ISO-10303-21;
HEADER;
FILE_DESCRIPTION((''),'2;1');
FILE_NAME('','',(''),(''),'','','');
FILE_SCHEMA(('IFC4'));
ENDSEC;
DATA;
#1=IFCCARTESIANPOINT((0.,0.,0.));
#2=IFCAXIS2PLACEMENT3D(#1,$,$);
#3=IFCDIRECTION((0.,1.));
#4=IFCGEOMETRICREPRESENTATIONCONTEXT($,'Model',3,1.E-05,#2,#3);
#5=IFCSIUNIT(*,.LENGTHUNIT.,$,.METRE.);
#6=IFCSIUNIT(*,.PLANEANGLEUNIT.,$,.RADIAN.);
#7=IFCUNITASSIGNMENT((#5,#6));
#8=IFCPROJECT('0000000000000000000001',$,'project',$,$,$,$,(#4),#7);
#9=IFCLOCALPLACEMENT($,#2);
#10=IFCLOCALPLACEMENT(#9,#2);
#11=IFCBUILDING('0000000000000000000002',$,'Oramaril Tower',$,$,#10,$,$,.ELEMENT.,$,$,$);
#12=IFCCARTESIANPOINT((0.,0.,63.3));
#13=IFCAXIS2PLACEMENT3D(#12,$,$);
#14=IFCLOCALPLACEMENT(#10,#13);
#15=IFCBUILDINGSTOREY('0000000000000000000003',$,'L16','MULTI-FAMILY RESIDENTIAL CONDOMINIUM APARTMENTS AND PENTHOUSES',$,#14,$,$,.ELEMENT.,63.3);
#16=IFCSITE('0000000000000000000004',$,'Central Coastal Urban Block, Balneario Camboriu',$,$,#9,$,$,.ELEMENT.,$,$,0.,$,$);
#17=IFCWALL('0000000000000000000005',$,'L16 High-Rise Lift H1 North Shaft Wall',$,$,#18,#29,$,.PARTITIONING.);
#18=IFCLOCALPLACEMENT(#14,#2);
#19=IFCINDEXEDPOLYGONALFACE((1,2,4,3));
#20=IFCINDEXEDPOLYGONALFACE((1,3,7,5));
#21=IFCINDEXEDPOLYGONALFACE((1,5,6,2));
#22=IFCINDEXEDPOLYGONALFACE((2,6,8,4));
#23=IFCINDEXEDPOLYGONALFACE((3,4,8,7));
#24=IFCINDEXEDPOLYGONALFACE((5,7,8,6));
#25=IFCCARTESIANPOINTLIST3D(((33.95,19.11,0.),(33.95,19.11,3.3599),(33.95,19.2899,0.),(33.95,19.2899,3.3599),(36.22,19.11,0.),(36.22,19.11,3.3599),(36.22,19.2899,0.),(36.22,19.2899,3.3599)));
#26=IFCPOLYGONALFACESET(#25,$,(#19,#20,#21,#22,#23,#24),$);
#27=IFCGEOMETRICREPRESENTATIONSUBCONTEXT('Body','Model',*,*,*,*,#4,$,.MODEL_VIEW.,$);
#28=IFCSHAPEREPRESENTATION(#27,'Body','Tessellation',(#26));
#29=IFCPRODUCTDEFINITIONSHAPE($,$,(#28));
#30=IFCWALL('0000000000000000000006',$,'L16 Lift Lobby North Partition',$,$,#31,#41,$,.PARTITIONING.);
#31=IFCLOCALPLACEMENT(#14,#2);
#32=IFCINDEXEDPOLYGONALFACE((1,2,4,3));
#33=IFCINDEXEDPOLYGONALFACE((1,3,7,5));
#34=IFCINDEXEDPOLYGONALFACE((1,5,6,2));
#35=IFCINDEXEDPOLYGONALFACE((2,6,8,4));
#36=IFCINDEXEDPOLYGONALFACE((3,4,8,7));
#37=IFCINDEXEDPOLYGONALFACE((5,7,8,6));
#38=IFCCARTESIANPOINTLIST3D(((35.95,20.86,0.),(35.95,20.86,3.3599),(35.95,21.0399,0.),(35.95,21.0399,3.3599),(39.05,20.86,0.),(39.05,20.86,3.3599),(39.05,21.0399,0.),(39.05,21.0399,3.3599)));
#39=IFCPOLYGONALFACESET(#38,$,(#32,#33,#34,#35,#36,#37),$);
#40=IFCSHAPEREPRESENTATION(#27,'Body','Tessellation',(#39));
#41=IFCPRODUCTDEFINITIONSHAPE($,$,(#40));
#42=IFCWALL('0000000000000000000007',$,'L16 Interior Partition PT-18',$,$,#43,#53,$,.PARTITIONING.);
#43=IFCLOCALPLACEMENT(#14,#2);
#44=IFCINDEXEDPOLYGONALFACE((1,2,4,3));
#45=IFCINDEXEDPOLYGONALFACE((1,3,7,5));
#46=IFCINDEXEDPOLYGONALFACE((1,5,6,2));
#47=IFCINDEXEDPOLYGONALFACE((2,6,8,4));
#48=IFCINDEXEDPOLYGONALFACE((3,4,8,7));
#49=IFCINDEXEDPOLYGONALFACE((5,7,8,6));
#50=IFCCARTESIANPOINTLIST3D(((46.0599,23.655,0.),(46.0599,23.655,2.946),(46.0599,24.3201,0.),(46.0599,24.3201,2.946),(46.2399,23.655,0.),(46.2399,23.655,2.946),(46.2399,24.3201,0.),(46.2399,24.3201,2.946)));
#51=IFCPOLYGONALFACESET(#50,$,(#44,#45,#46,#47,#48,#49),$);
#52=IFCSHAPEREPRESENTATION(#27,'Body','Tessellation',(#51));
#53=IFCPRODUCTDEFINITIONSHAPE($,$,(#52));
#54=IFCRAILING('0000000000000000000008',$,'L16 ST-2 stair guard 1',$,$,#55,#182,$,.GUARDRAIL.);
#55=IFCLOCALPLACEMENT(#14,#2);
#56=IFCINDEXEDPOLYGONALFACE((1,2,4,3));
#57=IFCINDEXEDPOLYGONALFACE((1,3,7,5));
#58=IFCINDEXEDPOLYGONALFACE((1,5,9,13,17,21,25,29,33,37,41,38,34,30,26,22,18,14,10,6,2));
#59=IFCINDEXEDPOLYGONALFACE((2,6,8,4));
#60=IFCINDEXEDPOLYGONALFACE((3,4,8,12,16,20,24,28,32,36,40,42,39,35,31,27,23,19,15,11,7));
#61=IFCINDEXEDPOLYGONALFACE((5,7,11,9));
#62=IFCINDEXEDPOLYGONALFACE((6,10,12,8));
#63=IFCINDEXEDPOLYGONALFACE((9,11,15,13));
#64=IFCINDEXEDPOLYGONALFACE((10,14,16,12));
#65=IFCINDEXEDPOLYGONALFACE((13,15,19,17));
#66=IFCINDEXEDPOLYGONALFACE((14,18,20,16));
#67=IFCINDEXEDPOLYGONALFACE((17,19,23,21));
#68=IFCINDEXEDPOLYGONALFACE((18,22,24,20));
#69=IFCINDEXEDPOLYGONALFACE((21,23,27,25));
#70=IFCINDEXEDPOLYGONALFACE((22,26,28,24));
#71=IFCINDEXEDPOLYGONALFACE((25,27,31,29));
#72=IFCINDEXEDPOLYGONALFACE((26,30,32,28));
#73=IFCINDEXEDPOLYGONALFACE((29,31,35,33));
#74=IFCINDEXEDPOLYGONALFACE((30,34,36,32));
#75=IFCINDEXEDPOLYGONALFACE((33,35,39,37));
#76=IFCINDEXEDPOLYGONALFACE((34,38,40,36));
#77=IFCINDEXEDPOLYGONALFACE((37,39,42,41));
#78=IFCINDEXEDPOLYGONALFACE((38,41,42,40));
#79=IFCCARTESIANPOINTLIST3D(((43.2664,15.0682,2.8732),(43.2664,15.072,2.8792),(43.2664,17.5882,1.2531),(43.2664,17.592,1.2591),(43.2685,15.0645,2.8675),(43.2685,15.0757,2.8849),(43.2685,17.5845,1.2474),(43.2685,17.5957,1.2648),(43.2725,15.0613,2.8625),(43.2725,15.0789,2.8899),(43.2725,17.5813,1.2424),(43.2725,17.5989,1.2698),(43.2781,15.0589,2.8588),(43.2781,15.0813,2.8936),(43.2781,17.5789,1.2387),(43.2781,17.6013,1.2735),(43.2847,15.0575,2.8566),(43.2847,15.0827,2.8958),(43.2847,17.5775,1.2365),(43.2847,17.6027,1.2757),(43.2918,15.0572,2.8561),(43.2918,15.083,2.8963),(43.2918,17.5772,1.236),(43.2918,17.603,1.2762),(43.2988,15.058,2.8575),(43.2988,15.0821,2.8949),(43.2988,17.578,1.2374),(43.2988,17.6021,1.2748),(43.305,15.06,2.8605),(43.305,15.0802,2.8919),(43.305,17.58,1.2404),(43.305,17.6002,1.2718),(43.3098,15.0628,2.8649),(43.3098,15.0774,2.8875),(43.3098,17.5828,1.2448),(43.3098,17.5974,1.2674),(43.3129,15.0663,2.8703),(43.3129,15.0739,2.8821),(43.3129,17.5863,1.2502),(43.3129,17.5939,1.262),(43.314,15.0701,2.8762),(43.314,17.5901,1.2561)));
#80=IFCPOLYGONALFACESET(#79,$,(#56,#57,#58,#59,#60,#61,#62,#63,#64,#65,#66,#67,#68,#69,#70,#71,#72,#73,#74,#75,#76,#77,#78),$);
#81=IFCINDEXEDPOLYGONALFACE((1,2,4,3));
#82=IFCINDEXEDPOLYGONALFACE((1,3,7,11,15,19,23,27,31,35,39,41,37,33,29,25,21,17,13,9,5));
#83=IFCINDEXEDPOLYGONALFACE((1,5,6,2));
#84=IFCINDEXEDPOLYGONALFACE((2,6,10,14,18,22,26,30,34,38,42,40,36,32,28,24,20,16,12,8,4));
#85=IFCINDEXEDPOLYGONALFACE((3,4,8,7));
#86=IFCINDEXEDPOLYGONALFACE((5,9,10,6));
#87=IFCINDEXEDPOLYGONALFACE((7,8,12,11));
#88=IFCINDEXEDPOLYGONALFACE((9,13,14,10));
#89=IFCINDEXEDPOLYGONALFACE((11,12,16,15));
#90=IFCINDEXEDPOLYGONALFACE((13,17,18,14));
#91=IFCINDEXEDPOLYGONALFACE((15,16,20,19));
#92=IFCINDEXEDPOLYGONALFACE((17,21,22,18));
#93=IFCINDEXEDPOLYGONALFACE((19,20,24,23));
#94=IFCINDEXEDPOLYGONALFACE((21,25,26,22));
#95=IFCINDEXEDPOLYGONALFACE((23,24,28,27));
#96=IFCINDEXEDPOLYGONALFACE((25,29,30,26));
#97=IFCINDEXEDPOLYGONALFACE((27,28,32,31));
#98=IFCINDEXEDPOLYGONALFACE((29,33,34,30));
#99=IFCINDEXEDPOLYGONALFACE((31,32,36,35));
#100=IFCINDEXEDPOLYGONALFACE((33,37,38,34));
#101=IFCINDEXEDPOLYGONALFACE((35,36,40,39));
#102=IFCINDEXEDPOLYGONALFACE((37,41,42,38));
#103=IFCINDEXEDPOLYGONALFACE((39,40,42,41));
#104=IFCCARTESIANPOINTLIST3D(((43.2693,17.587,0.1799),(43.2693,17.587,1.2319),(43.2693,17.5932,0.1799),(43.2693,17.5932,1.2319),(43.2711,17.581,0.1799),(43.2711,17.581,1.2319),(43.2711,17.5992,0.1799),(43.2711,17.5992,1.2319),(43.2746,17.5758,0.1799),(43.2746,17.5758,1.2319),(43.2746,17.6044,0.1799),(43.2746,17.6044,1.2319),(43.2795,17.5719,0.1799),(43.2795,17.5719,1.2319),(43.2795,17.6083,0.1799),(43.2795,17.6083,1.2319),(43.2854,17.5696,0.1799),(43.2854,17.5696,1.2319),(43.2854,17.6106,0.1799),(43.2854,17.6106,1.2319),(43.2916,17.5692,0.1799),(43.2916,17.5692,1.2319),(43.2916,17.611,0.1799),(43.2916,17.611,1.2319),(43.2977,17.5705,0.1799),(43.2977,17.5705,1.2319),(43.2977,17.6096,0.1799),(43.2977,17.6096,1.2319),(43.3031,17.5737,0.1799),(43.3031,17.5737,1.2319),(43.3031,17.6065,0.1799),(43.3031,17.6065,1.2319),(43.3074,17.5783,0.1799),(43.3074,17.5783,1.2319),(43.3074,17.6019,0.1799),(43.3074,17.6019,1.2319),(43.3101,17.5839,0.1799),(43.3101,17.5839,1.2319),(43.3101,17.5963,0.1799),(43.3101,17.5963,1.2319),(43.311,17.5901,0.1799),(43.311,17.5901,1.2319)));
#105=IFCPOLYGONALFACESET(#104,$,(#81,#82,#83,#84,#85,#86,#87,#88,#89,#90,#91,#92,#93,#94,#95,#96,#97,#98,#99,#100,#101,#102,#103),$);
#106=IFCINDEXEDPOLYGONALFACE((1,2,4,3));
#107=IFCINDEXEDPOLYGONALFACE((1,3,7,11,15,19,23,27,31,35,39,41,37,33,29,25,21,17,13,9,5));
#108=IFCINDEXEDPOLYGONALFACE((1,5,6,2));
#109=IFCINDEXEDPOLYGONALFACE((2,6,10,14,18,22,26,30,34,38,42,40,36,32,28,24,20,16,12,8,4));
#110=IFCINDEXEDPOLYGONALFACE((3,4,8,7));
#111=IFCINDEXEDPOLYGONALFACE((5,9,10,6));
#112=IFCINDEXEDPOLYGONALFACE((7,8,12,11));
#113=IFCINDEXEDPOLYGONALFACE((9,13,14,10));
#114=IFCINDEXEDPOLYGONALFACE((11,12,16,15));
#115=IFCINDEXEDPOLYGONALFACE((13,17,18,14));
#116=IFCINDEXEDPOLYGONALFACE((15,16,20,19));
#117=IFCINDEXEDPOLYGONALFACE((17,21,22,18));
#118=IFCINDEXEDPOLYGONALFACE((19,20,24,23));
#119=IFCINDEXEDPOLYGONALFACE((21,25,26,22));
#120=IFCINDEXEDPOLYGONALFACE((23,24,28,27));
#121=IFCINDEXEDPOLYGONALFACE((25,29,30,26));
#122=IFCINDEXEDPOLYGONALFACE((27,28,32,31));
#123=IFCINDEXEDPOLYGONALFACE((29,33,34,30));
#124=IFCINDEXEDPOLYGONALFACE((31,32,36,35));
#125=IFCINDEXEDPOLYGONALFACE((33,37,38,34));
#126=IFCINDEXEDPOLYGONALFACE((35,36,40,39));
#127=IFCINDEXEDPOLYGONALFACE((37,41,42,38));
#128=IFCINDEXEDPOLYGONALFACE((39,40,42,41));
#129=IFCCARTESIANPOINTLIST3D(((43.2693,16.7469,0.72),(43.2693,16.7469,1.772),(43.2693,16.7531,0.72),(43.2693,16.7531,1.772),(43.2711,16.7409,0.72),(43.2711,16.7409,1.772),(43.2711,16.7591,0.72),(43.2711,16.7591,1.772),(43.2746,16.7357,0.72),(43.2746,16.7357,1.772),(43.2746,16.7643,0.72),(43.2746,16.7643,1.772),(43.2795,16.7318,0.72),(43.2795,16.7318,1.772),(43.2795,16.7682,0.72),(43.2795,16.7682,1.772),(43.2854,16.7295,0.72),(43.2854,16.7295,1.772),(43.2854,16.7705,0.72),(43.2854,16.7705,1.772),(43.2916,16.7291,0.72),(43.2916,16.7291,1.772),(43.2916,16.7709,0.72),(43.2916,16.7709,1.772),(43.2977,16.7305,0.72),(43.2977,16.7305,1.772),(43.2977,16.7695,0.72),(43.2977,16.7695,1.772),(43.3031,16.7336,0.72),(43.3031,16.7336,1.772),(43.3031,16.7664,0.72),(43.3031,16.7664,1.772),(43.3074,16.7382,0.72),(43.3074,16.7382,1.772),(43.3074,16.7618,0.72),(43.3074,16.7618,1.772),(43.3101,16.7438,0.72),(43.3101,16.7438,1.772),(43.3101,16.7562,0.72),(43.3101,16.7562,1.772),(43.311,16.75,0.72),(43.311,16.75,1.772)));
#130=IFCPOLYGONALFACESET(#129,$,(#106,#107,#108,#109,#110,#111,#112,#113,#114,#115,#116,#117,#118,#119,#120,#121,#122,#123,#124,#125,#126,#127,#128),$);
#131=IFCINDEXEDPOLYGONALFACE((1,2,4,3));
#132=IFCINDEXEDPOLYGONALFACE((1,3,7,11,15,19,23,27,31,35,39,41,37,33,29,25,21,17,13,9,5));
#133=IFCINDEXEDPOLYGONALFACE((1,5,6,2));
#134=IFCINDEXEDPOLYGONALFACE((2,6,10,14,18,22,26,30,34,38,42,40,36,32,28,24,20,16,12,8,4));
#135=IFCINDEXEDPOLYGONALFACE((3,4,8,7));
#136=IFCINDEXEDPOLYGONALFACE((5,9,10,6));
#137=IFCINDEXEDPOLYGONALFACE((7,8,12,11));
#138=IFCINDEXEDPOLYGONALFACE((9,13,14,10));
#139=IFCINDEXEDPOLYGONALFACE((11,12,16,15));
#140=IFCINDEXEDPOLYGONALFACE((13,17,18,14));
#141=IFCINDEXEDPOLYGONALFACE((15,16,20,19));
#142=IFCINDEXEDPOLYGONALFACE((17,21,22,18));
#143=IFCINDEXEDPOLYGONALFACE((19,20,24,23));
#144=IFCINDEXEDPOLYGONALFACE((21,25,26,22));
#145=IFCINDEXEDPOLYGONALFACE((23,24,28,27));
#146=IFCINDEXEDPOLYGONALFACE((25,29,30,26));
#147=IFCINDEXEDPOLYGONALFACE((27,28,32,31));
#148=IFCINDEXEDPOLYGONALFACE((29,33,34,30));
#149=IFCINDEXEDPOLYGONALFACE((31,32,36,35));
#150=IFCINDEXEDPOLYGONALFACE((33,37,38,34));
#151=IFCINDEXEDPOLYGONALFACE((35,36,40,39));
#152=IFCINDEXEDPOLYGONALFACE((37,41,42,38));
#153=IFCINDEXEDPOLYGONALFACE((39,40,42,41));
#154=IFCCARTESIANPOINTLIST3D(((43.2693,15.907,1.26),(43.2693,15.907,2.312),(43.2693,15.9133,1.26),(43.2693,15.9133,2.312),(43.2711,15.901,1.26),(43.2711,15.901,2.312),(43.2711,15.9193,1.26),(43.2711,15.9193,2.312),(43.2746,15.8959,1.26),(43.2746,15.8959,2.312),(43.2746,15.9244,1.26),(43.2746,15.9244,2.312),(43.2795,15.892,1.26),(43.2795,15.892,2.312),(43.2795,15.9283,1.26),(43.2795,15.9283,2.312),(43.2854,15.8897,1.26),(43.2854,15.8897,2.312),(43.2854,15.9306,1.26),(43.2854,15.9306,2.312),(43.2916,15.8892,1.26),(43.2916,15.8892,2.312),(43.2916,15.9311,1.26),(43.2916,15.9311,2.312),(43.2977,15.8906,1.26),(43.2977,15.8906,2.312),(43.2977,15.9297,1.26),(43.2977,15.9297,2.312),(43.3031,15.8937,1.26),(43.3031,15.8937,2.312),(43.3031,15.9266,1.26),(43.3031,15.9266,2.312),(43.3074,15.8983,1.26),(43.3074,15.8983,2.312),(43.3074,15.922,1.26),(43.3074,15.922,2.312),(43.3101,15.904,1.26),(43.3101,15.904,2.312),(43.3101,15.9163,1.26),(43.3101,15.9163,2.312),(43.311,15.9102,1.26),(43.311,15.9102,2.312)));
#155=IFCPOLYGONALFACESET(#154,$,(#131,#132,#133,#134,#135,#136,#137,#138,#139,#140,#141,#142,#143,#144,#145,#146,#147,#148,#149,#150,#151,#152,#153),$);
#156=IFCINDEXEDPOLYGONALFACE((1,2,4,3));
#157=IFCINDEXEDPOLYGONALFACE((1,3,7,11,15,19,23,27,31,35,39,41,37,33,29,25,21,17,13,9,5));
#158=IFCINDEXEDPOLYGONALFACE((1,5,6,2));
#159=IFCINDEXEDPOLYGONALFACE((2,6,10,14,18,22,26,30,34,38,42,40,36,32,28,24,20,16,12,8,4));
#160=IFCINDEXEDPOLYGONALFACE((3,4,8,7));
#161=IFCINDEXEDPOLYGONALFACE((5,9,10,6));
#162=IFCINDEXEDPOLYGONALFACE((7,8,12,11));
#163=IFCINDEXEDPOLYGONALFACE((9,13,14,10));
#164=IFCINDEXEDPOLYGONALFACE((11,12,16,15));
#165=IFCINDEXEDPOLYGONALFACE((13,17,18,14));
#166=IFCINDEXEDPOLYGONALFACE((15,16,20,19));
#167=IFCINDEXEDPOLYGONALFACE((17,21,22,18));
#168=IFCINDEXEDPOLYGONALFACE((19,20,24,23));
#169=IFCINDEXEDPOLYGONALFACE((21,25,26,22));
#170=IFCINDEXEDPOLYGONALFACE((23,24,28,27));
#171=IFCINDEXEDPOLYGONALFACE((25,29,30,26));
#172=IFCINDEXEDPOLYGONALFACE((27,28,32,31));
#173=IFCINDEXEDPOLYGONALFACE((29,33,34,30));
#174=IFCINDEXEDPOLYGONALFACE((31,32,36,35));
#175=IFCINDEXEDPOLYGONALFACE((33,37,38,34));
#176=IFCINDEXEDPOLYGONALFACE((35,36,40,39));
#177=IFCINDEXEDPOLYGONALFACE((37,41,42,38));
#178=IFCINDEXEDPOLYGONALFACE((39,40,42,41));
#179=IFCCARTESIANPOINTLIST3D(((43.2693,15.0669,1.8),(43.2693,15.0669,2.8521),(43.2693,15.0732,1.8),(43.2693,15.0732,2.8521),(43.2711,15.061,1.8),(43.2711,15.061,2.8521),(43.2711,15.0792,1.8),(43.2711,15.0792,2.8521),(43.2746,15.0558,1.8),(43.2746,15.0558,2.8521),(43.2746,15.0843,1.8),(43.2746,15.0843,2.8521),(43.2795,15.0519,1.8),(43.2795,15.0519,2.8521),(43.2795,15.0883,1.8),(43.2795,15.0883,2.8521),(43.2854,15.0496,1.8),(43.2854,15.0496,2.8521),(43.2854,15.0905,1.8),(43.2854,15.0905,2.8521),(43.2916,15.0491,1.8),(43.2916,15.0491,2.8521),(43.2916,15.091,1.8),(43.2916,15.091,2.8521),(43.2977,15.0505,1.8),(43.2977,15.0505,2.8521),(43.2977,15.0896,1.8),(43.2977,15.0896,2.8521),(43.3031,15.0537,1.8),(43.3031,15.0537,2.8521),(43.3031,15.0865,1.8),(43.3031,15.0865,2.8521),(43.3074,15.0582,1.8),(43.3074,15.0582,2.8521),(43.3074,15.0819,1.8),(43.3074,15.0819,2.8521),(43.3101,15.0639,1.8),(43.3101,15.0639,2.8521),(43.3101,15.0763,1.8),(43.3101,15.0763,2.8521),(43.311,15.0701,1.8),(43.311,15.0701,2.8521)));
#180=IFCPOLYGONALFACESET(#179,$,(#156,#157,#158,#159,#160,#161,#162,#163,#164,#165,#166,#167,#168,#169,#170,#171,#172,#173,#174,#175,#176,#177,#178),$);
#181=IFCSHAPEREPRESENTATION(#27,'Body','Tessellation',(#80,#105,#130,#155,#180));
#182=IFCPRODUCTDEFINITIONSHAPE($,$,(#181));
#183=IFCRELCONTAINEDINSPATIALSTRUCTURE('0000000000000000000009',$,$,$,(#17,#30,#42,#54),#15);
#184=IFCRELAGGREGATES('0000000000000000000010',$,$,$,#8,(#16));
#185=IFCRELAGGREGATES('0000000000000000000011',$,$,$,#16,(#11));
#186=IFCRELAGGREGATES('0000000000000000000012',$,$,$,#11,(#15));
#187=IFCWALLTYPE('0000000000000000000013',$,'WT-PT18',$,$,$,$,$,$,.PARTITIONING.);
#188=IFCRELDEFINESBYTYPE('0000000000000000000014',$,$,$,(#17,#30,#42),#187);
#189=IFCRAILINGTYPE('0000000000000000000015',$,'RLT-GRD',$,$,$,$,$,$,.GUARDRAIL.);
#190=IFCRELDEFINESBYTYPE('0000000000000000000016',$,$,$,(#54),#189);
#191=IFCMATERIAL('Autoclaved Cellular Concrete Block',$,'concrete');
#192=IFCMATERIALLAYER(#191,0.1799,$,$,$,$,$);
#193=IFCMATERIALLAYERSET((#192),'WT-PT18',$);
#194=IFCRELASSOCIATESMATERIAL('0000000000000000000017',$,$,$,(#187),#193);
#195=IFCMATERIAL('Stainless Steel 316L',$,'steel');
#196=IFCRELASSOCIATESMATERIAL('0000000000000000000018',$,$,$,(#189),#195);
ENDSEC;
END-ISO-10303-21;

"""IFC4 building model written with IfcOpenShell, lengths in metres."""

from ifc_helpers import new_model, si_unit, direction, frame, frame_2d, origin, origin_2d, place, context, subcontext, project, spatial, rectangle, circle, extrude, material, layer, layer_set, type_object, element, save


model = new_model("IFC4")

# Units and contexts
model_context = context("Model", 3, precision=1e-05, world=origin(), true_north=direction((0.0, 1.0)))
body_context = subcontext(model_context, "Body", "Model", "MODEL_VIEW")
ifc_project = project(units=[si_unit("LENGTHUNIT", "METRE"), si_unit("PLANEANGLEUNIT", "RADIAN")], contexts=[model_context])

# Site, building, storey
site_placement = place(None, origin())
site = spatial("IfcSite", under=ifc_project, at=site_placement, Name="Central Coastal Urban Block, Balneario Camboriu", CompositionType="ELEMENT", RefElevation=0.0)
building_placement = place(site_placement, origin())
building = spatial("IfcBuilding", under=site, at=building_placement, Name="Oramaril Tower", CompositionType="ELEMENT")
storey_placement = place(building_placement, frame((0.0, 0.0, 63.3)))
storey = spatial("IfcBuildingStorey", under=building, at=storey_placement, Name="L16", Description="MULTI-FAMILY RESIDENTIAL CONDOMINIUM APARTMENTS AND PENTHOUSES", CompositionType="ELEMENT", Elevation=63.3)

# Walls
ifc_material_1 = material(Name="Autoclaved Cellular Concrete Block", Category="concrete")
ifc_layer_1 = layer(ifc_material_1, 0.1799)
ifc_layer_set_1 = layer_set([ifc_layer_1], Name="WT-PT18")
wall_type_1 = type_object("IfcWallType", Name="WT-PT18", PredefinedType="PARTITIONING", material=ifc_layer_set_1)
wall_1_placement = place(storey_placement, frame((33.95, 19.2, 0.0), z_axis=(0.0, 0.0, 1.0), x_axis=(1.0, 0.0, 0.0)))
element("IfcWall", 1, at=wall_1_placement, inside=storey, type_object=wall_type_1, Name="L16 High-Rise Lift H1 North Shaft Wall", PredefinedType="PARTITIONING", context=body_context, shape_type="SweptSolid", body=[
    extrude(rectangle(XDim=2.27, YDim=0.1799, at=frame_2d((1.135, 0.0))), origin(), (0.0, 0.0, 1.0), 3.3599),
])
wall_2_placement = place(storey_placement, frame((35.95, 20.95, 0.0), z_axis=(0.0, 0.0, 1.0), x_axis=(1.0, 0.0, 0.0)))
element("IfcWall", 2, at=wall_2_placement, inside=storey, type_object=wall_type_1, Name="L16 Lift Lobby North Partition", PredefinedType="PARTITIONING", context=body_context, shape_type="SweptSolid", body=[
    extrude(rectangle(XDim=3.1001, YDim=0.1799, at=frame_2d((1.55, 0.0))), origin(), (0.0, 0.0, 1.0), 3.3599),
])
wall_3_placement = place(storey_placement, frame((46.1499, 23.655, 0.0), z_axis=(0.0, 0.0, 1.0), x_axis=(0.0, 1.0, 0.0)))
element("IfcWall", 3, at=wall_3_placement, inside=storey, type_object=wall_type_1, Name="L16 Interior Partition PT-18", PredefinedType="PARTITIONING", context=body_context, shape_type="SweptSolid", body=[
    extrude(rectangle(XDim=0.665, YDim=0.1799, at=frame_2d((0.3325, 0.0))), origin(), (0.0, 0.0, 1.0), 2.946),
])

# Railing
ifc_material_2 = material(Name="Stainless Steel 316L", Category="steel")
railing_type = type_object("IfcRailingType", Name="RLT-GRD", PredefinedType="GUARDRAIL", material=ifc_material_2)
railing_1_placement = place(storey_placement, frame((43.29, 17.5901, 0.1799)))
element("IfcRailing", 4, at=railing_1_placement, inside=storey, type_object=railing_type, Name="L16 ST-2 stair guard 1", PredefinedType="GUARDRAIL", context=body_context, shape_type="SweptSolid", body=[
    extrude(circle(Radius=0.0239, at=origin_2d()), frame((0.0, 0.0, 1.0762), z_axis=(0.0, -0.841163, 0.540782), x_axis=(1.0, 0.0, 0.0)), (0.0, 0.0, 1.0), 2.9958),
    extrude(circle(Radius=0.021, at=origin_2d()), origin(), (0.0, 0.0, 1.0), 1.052),
    extrude(circle(Radius=0.021, at=origin_2d()), frame((0.0, -0.8401, 0.54)), (0.0, 0.0, 1.0), 1.052),
    extrude(circle(Radius=0.021, at=origin_2d()), frame((0.0, -1.6799, 1.0801)), (0.0, 0.0, 1.0), 1.052),
    extrude(circle(Radius=0.021, at=origin_2d()), frame((0.0, -2.52, 1.6201)), (0.0, 0.0, 1.0), 1.052),
])

save(model, "model.ifc")
